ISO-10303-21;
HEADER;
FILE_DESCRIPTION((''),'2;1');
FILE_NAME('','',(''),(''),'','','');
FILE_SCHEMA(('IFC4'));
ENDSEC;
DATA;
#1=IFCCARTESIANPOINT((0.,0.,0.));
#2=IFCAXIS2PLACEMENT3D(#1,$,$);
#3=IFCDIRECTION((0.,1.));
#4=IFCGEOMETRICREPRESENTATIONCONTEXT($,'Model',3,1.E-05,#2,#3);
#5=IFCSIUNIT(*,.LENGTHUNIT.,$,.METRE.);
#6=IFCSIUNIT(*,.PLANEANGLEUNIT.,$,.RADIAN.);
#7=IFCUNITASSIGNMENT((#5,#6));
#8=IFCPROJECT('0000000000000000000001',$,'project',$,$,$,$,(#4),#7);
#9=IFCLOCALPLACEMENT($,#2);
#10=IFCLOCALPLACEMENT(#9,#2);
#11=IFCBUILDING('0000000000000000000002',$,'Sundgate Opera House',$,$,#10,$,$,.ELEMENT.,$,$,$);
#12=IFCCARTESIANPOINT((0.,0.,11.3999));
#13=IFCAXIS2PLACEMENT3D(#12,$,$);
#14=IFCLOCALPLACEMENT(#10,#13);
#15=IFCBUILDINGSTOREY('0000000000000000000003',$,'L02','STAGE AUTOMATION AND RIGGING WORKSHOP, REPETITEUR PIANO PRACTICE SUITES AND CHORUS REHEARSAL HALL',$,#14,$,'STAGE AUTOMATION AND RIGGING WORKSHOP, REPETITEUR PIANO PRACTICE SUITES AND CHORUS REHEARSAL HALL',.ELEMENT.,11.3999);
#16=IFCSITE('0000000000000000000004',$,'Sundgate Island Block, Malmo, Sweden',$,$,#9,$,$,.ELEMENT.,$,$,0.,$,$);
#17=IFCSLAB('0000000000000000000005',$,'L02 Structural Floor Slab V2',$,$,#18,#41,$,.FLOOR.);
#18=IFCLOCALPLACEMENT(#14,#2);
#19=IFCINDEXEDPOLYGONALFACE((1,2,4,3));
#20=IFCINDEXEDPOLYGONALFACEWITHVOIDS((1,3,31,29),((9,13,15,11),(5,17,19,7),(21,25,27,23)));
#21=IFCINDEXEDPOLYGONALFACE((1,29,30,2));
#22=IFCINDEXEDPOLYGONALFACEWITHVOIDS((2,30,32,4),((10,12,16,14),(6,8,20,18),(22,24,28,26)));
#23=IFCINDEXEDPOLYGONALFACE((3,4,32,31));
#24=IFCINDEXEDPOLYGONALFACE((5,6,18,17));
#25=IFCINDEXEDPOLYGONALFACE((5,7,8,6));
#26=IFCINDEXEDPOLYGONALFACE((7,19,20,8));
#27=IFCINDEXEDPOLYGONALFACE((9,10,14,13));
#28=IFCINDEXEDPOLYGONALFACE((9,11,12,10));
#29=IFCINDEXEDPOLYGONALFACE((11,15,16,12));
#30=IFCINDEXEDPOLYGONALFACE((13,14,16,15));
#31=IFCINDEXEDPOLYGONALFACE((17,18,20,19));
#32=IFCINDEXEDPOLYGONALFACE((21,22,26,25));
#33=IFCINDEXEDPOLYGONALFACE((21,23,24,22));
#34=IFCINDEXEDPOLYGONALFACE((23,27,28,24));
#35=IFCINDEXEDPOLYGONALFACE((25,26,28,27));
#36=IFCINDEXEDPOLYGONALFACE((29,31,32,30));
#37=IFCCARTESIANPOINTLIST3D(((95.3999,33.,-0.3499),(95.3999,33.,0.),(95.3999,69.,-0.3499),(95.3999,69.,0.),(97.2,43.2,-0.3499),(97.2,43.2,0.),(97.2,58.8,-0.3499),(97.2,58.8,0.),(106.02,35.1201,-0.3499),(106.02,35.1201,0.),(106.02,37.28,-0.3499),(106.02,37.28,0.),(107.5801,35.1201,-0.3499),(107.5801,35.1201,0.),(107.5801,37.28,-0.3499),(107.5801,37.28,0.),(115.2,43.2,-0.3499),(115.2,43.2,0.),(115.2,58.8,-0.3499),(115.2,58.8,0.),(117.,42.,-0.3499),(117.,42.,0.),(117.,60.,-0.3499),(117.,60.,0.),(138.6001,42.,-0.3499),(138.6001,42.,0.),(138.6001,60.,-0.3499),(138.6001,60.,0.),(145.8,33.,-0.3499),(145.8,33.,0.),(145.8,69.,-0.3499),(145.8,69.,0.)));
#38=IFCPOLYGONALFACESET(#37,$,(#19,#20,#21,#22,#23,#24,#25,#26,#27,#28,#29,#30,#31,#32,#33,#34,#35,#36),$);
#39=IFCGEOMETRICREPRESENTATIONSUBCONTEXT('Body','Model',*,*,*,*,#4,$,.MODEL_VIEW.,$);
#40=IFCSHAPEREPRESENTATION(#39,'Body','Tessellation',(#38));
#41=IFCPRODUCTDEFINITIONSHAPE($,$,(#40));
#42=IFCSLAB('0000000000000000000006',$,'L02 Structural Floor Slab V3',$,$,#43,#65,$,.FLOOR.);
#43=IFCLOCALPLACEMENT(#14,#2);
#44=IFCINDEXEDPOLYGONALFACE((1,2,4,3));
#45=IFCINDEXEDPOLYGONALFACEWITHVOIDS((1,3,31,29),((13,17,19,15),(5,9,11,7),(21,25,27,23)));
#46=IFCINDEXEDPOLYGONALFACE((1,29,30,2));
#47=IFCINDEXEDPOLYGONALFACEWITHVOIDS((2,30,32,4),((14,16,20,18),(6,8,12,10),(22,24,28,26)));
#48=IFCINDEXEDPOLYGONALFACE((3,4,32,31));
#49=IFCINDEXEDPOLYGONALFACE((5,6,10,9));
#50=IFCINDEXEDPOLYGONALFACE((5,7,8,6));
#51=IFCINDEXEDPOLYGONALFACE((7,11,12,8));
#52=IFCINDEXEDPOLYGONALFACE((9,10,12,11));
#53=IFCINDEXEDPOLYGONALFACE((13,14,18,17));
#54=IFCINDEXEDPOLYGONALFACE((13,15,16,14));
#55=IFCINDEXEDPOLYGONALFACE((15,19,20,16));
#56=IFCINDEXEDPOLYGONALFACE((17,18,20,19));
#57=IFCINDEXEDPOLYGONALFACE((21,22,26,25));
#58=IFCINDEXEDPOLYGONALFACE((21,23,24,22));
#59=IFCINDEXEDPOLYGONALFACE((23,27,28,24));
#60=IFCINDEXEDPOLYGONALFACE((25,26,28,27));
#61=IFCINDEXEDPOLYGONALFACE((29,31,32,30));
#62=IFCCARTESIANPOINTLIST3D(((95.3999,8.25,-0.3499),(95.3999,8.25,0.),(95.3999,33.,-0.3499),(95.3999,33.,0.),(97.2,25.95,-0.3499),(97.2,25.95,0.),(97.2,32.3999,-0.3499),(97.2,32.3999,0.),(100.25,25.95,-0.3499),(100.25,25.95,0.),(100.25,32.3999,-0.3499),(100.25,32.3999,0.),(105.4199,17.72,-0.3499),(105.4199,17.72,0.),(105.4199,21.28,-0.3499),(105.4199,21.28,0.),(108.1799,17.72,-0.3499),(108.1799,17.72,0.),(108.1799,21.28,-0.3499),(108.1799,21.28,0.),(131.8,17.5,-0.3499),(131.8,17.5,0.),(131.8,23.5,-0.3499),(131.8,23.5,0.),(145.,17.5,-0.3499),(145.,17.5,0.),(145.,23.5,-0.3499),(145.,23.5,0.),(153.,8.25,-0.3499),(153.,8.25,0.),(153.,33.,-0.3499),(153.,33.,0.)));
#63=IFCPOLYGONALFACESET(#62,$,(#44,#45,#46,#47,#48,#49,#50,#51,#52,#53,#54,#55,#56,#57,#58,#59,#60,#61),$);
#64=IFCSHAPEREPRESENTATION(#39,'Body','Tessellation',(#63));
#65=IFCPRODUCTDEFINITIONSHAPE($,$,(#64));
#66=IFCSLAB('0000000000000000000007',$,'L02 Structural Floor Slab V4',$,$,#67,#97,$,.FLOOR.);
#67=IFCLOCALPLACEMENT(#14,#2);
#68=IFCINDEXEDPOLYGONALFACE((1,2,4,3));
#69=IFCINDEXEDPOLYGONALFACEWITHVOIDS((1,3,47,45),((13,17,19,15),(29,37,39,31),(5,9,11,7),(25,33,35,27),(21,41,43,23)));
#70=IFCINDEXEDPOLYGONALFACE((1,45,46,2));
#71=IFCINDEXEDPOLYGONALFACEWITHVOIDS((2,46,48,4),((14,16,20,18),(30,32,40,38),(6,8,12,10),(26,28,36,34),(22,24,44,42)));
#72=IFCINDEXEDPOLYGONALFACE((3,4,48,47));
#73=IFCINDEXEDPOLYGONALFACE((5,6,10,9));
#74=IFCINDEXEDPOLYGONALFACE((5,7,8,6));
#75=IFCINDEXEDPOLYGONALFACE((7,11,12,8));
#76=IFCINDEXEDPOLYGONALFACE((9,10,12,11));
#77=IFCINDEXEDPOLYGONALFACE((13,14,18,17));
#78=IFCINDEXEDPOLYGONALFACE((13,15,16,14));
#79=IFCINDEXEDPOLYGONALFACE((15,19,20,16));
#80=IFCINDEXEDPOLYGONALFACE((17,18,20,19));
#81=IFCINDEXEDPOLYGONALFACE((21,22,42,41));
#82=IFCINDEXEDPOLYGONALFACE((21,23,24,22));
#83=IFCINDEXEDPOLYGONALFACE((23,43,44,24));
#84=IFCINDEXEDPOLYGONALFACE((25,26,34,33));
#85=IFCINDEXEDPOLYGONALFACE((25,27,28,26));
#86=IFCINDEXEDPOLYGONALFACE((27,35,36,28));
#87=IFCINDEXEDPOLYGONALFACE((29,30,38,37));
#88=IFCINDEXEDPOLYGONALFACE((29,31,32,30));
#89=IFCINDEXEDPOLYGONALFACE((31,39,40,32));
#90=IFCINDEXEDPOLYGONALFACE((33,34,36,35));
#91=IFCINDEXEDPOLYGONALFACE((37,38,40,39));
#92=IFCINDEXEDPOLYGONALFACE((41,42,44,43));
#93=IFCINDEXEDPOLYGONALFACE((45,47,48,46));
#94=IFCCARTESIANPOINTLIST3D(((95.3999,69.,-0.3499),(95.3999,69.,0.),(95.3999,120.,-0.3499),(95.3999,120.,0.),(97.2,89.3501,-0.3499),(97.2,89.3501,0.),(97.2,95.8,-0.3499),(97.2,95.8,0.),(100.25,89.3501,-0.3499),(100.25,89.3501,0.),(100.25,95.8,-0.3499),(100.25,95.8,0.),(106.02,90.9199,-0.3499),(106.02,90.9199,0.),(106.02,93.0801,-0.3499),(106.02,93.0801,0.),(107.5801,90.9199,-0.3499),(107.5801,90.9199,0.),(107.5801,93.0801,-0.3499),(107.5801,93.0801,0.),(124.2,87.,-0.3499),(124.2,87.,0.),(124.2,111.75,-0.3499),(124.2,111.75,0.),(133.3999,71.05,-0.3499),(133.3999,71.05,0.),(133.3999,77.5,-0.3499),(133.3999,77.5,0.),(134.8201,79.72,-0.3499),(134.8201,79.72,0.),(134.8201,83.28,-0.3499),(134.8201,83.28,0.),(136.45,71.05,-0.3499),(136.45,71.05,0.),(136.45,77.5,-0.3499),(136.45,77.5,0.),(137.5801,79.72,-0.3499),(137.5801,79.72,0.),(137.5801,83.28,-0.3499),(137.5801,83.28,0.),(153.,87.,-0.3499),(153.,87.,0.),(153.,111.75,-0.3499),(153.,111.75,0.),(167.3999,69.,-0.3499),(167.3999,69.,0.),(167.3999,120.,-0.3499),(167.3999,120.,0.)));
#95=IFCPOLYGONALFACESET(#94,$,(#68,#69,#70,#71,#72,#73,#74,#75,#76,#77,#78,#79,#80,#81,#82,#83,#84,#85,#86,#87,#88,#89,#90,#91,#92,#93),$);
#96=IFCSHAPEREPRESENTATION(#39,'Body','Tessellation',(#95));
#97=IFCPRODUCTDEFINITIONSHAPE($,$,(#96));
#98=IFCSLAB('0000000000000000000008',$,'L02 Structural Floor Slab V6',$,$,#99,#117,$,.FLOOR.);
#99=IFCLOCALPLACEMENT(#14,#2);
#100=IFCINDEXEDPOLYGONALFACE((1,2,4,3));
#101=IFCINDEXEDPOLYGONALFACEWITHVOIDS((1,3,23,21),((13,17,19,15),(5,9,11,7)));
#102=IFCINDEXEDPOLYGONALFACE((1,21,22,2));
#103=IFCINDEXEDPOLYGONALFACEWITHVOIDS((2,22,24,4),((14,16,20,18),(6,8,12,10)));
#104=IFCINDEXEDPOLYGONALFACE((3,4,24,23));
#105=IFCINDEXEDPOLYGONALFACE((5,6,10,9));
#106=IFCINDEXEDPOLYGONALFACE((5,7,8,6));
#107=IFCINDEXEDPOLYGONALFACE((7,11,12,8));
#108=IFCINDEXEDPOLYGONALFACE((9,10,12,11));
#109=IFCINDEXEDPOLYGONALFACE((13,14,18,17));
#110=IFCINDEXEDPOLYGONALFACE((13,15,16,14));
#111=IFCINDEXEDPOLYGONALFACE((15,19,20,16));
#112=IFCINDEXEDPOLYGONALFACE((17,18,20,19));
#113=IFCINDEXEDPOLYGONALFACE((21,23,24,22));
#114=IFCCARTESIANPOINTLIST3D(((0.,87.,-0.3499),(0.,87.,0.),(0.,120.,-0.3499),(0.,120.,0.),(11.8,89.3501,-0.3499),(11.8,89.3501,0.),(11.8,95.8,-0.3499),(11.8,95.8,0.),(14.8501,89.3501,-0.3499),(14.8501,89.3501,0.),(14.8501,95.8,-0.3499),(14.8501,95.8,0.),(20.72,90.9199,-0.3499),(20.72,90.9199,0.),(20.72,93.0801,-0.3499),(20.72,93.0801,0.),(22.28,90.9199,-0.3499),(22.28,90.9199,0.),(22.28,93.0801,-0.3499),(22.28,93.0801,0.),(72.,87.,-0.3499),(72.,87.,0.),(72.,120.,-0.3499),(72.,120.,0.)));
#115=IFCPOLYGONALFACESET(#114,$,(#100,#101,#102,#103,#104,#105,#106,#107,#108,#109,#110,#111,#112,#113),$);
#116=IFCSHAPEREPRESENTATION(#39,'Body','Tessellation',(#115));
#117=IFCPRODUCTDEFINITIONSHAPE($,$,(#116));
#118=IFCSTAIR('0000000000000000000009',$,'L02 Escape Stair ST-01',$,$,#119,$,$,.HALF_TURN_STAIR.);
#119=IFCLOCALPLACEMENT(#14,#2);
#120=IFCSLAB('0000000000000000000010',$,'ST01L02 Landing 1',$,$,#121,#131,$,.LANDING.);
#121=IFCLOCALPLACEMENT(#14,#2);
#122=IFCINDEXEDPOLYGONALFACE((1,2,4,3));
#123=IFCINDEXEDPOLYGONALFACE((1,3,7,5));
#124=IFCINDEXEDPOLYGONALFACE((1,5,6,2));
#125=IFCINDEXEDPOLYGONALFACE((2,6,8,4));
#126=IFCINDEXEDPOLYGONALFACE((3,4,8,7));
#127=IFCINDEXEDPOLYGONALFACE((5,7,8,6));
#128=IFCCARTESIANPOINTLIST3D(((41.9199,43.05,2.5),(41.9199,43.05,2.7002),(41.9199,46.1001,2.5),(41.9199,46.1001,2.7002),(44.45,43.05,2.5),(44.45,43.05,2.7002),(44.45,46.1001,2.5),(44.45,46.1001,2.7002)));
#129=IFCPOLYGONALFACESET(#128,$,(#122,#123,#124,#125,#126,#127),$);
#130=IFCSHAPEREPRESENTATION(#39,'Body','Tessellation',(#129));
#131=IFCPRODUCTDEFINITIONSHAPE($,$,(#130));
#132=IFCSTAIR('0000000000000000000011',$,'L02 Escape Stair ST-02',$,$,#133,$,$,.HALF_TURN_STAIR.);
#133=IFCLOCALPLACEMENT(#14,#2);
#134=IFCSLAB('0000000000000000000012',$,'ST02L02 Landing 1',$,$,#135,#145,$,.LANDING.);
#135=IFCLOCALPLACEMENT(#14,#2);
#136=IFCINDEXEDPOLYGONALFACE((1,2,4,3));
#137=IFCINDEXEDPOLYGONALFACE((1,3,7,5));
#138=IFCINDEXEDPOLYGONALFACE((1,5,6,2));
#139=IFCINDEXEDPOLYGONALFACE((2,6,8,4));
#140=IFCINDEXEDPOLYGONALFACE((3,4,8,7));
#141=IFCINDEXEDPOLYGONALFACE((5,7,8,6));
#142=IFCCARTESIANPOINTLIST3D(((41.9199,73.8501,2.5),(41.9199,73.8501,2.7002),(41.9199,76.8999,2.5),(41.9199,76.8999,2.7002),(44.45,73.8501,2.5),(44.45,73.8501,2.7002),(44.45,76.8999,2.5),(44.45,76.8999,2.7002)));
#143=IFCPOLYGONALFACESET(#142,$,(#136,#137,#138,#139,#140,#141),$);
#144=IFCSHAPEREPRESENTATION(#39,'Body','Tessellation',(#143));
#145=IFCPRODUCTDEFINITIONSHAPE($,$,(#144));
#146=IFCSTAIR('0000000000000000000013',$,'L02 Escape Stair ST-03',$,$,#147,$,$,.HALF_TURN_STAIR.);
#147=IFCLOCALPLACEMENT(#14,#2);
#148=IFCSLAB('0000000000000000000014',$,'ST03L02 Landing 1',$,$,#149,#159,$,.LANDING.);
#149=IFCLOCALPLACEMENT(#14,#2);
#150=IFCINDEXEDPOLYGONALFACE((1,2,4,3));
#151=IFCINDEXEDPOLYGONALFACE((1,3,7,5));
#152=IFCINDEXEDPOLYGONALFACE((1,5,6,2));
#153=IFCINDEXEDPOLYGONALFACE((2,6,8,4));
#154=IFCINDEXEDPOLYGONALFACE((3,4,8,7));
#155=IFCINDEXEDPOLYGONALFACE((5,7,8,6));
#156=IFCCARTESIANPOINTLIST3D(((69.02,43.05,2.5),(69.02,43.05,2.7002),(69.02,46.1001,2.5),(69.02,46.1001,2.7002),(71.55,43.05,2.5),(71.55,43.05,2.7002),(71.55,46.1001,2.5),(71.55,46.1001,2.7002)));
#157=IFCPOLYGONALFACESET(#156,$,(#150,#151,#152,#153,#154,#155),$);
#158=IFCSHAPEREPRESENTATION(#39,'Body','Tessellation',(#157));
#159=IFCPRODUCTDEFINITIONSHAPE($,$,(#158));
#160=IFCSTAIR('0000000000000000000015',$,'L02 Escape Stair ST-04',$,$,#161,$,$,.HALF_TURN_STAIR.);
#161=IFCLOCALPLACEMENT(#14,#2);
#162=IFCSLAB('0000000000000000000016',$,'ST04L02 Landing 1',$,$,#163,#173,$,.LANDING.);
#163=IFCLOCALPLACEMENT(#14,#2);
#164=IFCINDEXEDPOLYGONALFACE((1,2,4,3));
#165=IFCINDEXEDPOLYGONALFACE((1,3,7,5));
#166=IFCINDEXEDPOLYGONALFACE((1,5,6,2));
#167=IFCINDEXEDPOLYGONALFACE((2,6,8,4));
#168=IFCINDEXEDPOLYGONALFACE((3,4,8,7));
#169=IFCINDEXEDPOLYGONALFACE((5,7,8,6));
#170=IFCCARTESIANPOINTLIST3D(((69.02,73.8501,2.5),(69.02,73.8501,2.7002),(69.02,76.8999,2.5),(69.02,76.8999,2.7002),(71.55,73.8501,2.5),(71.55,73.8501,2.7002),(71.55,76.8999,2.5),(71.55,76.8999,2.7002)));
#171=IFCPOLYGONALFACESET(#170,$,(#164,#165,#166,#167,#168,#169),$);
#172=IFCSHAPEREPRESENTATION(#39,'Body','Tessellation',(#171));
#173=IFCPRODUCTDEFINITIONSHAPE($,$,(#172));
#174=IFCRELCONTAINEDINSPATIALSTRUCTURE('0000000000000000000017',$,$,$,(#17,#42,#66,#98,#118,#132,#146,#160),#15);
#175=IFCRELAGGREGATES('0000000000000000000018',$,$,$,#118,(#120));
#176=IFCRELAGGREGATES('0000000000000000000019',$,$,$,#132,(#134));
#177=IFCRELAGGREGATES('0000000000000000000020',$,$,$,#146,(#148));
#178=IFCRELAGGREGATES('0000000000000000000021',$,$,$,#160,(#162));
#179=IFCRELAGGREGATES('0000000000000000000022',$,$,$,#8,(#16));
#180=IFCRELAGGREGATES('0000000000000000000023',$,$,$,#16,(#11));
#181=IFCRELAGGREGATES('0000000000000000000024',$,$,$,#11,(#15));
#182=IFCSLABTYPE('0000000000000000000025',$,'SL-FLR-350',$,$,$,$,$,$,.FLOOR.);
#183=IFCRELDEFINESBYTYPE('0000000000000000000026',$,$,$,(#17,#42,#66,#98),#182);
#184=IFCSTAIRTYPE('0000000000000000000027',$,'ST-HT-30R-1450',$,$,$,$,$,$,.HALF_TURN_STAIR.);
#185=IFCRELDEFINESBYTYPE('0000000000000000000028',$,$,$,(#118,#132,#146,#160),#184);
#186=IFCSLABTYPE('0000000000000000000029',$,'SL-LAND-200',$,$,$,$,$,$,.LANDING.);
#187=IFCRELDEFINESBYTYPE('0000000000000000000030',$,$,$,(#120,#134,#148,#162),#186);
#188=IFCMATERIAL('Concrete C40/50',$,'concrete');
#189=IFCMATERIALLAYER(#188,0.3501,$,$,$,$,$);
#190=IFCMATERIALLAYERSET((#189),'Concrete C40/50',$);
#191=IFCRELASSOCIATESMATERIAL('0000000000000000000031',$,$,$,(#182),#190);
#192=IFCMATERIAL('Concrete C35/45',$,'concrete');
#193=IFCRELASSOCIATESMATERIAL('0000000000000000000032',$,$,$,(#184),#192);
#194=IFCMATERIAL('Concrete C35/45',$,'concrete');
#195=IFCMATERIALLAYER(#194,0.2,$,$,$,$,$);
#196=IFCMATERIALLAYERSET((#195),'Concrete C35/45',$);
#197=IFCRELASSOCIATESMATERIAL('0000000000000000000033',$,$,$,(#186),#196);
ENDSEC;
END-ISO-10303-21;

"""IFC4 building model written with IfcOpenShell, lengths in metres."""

from ifc_helpers import new_model, si_unit, direction, frame, origin, place, context, subcontext, project, spatial, polyline, outline, extrude, material, layer, layer_set, type_object, element, aggregate, save


model = new_model("IFC4")

# Units and contexts
model_context = context("Model", 3, precision=1e-05, world=origin(), true_north=direction((0.0, 1.0)))
body_context = subcontext(model_context, "Body", "Model", "MODEL_VIEW")
ifc_project = project(units=[si_unit("LENGTHUNIT", "METRE"), si_unit("PLANEANGLEUNIT", "RADIAN")], contexts=[model_context])

# Site, building, storey
site_placement = place(None, origin())
site = spatial("IfcSite", under=ifc_project, at=site_placement, Name="Sundgate Island Block, Malmo, Sweden", CompositionType="ELEMENT", RefElevation=0.0)
building_placement = place(site_placement, origin())
building = spatial("IfcBuilding", under=site, at=building_placement, Name="Sundgate Opera House", CompositionType="ELEMENT")
storey_placement = place(building_placement, frame((0.0, 0.0, 11.3999)))
storey = spatial("IfcBuildingStorey", under=building, at=storey_placement, Name="L02", Description="STAGE AUTOMATION AND RIGGING WORKSHOP, REPETITEUR PIANO PRACTICE SUITES AND CHORUS REHEARSAL HALL", LongName="STAGE AUTOMATION AND RIGGING WORKSHOP, REPETITEUR PIANO PRACTICE SUITES AND CHORUS REHEARSAL HALL", CompositionType="ELEMENT", Elevation=11.3999)

# Slabs
ifc_material_1 = material(Name="Concrete C40/50", Category="concrete")
ifc_layer_1 = layer(ifc_material_1, 0.3501)
ifc_layer_set_1 = layer_set([ifc_layer_1], Name="Concrete C40/50")
slab_type_1 = type_object("IfcSlabType", Name="SL-FLR-350", PredefinedType="FLOOR", material=ifc_layer_set_1)
slab_1_placement = place(storey_placement, frame((0.0, 0.0, -0.3499)))
element("IfcSlab", 1, at=slab_1_placement, inside=storey, type_object=slab_type_1, Name="L02 Structural Floor Slab V2", PredefinedType="FLOOR", context=body_context, shape_type="SweptSolid", body=[
    extrude(outline(polyline([(95.3999, 33.0), (145.8, 33.0), (145.8, 69.0), (95.3999, 69.0), (95.3999, 33.0)]), holes=[polyline([(117.0, 60.0), (138.6001, 60.0), (138.6001, 42.0), (117.0, 42.0), (117.0, 60.0)]), polyline([(97.2, 58.8), (115.2, 58.8), (115.2, 43.2), (97.2, 43.2), (97.2, 58.8)]), polyline([(106.02, 37.28), (107.5801, 37.28), (107.5801, 35.1201), (106.02, 35.1201), (106.02, 37.28)])]), origin(), (0.0, 0.0, 1.0), 0.3499),
])
slab_2_placement = place(storey_placement, frame((0.0, 0.0, -0.3499)))
element("IfcSlab", 2, at=slab_2_placement, inside=storey, type_object=slab_type_1, Name="L02 Structural Floor Slab V3", PredefinedType="FLOOR", context=body_context, shape_type="SweptSolid", body=[
    extrude(outline(polyline([(95.3999, 8.25), (153.0, 8.25), (153.0, 33.0), (95.3999, 33.0), (95.3999, 8.25)]), holes=[polyline([(131.8, 23.5), (145.0, 23.5), (145.0, 17.5), (131.8, 17.5), (131.8, 23.5)]), polyline([(97.2, 32.3999), (100.25, 32.3999), (100.25, 25.95), (97.2, 25.95), (97.2, 32.3999)]), polyline([(105.4199, 21.28), (108.1799, 21.28), (108.1799, 17.72), (105.4199, 17.72), (105.4199, 21.28)])]), origin(), (0.0, 0.0, 1.0), 0.3499),
])
slab_3_placement = place(storey_placement, frame((0.0, 0.0, -0.3499)))
element("IfcSlab", 3, at=slab_3_placement, inside=storey, type_object=slab_type_1, Name="L02 Structural Floor Slab V4", PredefinedType="FLOOR", context=body_context, shape_type="SweptSolid", body=[
    extrude(outline(polyline([(95.3999, 69.0), (167.3999, 69.0), (167.3999, 120.0), (95.3999, 120.0), (95.3999, 69.0)]), holes=[polyline([(124.2, 111.75), (153.0, 111.75), (153.0, 87.0), (124.2, 87.0), (124.2, 111.75)]), polyline([(97.2, 95.8), (100.25, 95.8), (100.25, 89.3501), (97.2, 89.3501), (97.2, 95.8)]), polyline([(133.3999, 77.5), (136.45, 77.5), (136.45, 71.05), (133.3999, 71.05), (133.3999, 77.5)]), polyline([(106.02, 93.0801), (107.5801, 93.0801), (107.5801, 90.9199), (106.02, 90.9199), (106.02, 93.0801)]), polyline([(134.8201, 83.28), (137.5801, 83.28), (137.5801, 79.72), (134.8201, 79.72), (134.8201, 83.28)])]), origin(), (0.0, 0.0, 1.0), 0.3499),
])
slab_4_placement = place(storey_placement, frame((0.0, 0.0, -0.3499)))
element("IfcSlab", 4, at=slab_4_placement, inside=storey, type_object=slab_type_1, Name="L02 Structural Floor Slab V6", PredefinedType="FLOOR", context=body_context, shape_type="SweptSolid", body=[
    extrude(outline(polyline([(0.0, 87.0), (72.0, 87.0), (72.0, 120.0), (0.0, 120.0), (0.0, 87.0)]), holes=[polyline([(11.8, 95.8), (14.8501, 95.8), (14.8501, 89.3501), (11.8, 89.3501), (11.8, 95.8)]), polyline([(20.72, 93.0801), (22.28, 93.0801), (22.28, 90.9199), (20.72, 90.9199), (20.72, 93.0801)])]), origin(), (0.0, 0.0, 1.0), 0.3499),
])

# Stairs, slabs
ifc_material_2 = material(Name="Concrete C35/45", Category="concrete")
stair_type = type_object("IfcStairType", Name="ST-HT-30R-1450", PredefinedType="HALF_TURN_STAIR", material=ifc_material_2)
stair_1_placement = place(storey_placement, origin())
stair_1 = element("IfcStair", 5, at=stair_1_placement, inside=storey, type_object=stair_type, Name="L02 Escape Stair ST-01", PredefinedType="HALF_TURN_STAIR")
ifc_material_3 = material(Name="Concrete C35/45", Category="concrete")
ifc_layer_2 = layer(ifc_material_3, 0.2)
ifc_layer_set_2 = layer_set([ifc_layer_2], Name="Concrete C35/45")
slab_type_2 = type_object("IfcSlabType", Name="SL-LAND-200", PredefinedType="LANDING", material=ifc_layer_set_2)
slab_5_placement = place(storey_placement, frame((0.0, 0.0, 2.5)))
slab_5 = element("IfcSlab", 6, at=slab_5_placement, type_object=slab_type_2, Name="ST01L02 Landing 1", PredefinedType="LANDING", context=body_context, shape_type="SweptSolid", body=[
    extrude(outline(polyline([(41.9199, 43.05), (44.45, 43.05), (44.45, 46.1001), (41.9199, 46.1001), (41.9199, 43.05)])), origin(), (0.0, 0.0, 1.0), 0.2002),
])
aggregate(stair_1, [slab_5])
stair_2_placement = place(storey_placement, origin())
stair_2 = element("IfcStair", 7, at=stair_2_placement, inside=storey, type_object=stair_type, Name="L02 Escape Stair ST-02", PredefinedType="HALF_TURN_STAIR")
slab_6_placement = place(storey_placement, frame((0.0, 0.0, 2.5)))
slab_6 = element("IfcSlab", 8, at=slab_6_placement, type_object=slab_type_2, Name="ST02L02 Landing 1", PredefinedType="LANDING", context=body_context, shape_type="SweptSolid", body=[
    extrude(outline(polyline([(41.9199, 73.8501), (44.45, 73.8501), (44.45, 76.8999), (41.9199, 76.8999), (41.9199, 73.8501)])), origin(), (0.0, 0.0, 1.0), 0.2002),
])
aggregate(stair_2, [slab_6])
stair_3_placement = place(storey_placement, origin())
stair_3 = element("IfcStair", 9, at=stair_3_placement, inside=storey, type_object=stair_type, Name="L02 Escape Stair ST-03", PredefinedType="HALF_TURN_STAIR")
slab_7_placement = place(storey_placement, frame((0.0, 0.0, 2.5)))
slab_7 = element("IfcSlab", 10, at=slab_7_placement, type_object=slab_type_2, Name="ST03L02 Landing 1", PredefinedType="LANDING", context=body_context, shape_type="SweptSolid", body=[
    extrude(outline(polyline([(69.02, 43.05), (71.55, 43.05), (71.55, 46.1001), (69.02, 46.1001), (69.02, 43.05)])), origin(), (0.0, 0.0, 1.0), 0.2002),
])
aggregate(stair_3, [slab_7])
stair_4_placement = place(storey_placement, origin())
stair_4 = element("IfcStair", 11, at=stair_4_placement, inside=storey, type_object=stair_type, Name="L02 Escape Stair ST-04", PredefinedType="HALF_TURN_STAIR")
slab_8_placement = place(storey_placement, frame((0.0, 0.0, 2.5)))
slab_8 = element("IfcSlab", 12, at=slab_8_placement, type_object=slab_type_2, Name="ST04L02 Landing 1", PredefinedType="LANDING", context=body_context, shape_type="SweptSolid", body=[
    extrude(outline(polyline([(69.02, 73.8501), (71.55, 73.8501), (71.55, 76.8999), (69.02, 76.8999), (69.02, 73.8501)])), origin(), (0.0, 0.0, 1.0), 0.2002),
])
aggregate(stair_4, [slab_8])

save(model, "model.ifc")
